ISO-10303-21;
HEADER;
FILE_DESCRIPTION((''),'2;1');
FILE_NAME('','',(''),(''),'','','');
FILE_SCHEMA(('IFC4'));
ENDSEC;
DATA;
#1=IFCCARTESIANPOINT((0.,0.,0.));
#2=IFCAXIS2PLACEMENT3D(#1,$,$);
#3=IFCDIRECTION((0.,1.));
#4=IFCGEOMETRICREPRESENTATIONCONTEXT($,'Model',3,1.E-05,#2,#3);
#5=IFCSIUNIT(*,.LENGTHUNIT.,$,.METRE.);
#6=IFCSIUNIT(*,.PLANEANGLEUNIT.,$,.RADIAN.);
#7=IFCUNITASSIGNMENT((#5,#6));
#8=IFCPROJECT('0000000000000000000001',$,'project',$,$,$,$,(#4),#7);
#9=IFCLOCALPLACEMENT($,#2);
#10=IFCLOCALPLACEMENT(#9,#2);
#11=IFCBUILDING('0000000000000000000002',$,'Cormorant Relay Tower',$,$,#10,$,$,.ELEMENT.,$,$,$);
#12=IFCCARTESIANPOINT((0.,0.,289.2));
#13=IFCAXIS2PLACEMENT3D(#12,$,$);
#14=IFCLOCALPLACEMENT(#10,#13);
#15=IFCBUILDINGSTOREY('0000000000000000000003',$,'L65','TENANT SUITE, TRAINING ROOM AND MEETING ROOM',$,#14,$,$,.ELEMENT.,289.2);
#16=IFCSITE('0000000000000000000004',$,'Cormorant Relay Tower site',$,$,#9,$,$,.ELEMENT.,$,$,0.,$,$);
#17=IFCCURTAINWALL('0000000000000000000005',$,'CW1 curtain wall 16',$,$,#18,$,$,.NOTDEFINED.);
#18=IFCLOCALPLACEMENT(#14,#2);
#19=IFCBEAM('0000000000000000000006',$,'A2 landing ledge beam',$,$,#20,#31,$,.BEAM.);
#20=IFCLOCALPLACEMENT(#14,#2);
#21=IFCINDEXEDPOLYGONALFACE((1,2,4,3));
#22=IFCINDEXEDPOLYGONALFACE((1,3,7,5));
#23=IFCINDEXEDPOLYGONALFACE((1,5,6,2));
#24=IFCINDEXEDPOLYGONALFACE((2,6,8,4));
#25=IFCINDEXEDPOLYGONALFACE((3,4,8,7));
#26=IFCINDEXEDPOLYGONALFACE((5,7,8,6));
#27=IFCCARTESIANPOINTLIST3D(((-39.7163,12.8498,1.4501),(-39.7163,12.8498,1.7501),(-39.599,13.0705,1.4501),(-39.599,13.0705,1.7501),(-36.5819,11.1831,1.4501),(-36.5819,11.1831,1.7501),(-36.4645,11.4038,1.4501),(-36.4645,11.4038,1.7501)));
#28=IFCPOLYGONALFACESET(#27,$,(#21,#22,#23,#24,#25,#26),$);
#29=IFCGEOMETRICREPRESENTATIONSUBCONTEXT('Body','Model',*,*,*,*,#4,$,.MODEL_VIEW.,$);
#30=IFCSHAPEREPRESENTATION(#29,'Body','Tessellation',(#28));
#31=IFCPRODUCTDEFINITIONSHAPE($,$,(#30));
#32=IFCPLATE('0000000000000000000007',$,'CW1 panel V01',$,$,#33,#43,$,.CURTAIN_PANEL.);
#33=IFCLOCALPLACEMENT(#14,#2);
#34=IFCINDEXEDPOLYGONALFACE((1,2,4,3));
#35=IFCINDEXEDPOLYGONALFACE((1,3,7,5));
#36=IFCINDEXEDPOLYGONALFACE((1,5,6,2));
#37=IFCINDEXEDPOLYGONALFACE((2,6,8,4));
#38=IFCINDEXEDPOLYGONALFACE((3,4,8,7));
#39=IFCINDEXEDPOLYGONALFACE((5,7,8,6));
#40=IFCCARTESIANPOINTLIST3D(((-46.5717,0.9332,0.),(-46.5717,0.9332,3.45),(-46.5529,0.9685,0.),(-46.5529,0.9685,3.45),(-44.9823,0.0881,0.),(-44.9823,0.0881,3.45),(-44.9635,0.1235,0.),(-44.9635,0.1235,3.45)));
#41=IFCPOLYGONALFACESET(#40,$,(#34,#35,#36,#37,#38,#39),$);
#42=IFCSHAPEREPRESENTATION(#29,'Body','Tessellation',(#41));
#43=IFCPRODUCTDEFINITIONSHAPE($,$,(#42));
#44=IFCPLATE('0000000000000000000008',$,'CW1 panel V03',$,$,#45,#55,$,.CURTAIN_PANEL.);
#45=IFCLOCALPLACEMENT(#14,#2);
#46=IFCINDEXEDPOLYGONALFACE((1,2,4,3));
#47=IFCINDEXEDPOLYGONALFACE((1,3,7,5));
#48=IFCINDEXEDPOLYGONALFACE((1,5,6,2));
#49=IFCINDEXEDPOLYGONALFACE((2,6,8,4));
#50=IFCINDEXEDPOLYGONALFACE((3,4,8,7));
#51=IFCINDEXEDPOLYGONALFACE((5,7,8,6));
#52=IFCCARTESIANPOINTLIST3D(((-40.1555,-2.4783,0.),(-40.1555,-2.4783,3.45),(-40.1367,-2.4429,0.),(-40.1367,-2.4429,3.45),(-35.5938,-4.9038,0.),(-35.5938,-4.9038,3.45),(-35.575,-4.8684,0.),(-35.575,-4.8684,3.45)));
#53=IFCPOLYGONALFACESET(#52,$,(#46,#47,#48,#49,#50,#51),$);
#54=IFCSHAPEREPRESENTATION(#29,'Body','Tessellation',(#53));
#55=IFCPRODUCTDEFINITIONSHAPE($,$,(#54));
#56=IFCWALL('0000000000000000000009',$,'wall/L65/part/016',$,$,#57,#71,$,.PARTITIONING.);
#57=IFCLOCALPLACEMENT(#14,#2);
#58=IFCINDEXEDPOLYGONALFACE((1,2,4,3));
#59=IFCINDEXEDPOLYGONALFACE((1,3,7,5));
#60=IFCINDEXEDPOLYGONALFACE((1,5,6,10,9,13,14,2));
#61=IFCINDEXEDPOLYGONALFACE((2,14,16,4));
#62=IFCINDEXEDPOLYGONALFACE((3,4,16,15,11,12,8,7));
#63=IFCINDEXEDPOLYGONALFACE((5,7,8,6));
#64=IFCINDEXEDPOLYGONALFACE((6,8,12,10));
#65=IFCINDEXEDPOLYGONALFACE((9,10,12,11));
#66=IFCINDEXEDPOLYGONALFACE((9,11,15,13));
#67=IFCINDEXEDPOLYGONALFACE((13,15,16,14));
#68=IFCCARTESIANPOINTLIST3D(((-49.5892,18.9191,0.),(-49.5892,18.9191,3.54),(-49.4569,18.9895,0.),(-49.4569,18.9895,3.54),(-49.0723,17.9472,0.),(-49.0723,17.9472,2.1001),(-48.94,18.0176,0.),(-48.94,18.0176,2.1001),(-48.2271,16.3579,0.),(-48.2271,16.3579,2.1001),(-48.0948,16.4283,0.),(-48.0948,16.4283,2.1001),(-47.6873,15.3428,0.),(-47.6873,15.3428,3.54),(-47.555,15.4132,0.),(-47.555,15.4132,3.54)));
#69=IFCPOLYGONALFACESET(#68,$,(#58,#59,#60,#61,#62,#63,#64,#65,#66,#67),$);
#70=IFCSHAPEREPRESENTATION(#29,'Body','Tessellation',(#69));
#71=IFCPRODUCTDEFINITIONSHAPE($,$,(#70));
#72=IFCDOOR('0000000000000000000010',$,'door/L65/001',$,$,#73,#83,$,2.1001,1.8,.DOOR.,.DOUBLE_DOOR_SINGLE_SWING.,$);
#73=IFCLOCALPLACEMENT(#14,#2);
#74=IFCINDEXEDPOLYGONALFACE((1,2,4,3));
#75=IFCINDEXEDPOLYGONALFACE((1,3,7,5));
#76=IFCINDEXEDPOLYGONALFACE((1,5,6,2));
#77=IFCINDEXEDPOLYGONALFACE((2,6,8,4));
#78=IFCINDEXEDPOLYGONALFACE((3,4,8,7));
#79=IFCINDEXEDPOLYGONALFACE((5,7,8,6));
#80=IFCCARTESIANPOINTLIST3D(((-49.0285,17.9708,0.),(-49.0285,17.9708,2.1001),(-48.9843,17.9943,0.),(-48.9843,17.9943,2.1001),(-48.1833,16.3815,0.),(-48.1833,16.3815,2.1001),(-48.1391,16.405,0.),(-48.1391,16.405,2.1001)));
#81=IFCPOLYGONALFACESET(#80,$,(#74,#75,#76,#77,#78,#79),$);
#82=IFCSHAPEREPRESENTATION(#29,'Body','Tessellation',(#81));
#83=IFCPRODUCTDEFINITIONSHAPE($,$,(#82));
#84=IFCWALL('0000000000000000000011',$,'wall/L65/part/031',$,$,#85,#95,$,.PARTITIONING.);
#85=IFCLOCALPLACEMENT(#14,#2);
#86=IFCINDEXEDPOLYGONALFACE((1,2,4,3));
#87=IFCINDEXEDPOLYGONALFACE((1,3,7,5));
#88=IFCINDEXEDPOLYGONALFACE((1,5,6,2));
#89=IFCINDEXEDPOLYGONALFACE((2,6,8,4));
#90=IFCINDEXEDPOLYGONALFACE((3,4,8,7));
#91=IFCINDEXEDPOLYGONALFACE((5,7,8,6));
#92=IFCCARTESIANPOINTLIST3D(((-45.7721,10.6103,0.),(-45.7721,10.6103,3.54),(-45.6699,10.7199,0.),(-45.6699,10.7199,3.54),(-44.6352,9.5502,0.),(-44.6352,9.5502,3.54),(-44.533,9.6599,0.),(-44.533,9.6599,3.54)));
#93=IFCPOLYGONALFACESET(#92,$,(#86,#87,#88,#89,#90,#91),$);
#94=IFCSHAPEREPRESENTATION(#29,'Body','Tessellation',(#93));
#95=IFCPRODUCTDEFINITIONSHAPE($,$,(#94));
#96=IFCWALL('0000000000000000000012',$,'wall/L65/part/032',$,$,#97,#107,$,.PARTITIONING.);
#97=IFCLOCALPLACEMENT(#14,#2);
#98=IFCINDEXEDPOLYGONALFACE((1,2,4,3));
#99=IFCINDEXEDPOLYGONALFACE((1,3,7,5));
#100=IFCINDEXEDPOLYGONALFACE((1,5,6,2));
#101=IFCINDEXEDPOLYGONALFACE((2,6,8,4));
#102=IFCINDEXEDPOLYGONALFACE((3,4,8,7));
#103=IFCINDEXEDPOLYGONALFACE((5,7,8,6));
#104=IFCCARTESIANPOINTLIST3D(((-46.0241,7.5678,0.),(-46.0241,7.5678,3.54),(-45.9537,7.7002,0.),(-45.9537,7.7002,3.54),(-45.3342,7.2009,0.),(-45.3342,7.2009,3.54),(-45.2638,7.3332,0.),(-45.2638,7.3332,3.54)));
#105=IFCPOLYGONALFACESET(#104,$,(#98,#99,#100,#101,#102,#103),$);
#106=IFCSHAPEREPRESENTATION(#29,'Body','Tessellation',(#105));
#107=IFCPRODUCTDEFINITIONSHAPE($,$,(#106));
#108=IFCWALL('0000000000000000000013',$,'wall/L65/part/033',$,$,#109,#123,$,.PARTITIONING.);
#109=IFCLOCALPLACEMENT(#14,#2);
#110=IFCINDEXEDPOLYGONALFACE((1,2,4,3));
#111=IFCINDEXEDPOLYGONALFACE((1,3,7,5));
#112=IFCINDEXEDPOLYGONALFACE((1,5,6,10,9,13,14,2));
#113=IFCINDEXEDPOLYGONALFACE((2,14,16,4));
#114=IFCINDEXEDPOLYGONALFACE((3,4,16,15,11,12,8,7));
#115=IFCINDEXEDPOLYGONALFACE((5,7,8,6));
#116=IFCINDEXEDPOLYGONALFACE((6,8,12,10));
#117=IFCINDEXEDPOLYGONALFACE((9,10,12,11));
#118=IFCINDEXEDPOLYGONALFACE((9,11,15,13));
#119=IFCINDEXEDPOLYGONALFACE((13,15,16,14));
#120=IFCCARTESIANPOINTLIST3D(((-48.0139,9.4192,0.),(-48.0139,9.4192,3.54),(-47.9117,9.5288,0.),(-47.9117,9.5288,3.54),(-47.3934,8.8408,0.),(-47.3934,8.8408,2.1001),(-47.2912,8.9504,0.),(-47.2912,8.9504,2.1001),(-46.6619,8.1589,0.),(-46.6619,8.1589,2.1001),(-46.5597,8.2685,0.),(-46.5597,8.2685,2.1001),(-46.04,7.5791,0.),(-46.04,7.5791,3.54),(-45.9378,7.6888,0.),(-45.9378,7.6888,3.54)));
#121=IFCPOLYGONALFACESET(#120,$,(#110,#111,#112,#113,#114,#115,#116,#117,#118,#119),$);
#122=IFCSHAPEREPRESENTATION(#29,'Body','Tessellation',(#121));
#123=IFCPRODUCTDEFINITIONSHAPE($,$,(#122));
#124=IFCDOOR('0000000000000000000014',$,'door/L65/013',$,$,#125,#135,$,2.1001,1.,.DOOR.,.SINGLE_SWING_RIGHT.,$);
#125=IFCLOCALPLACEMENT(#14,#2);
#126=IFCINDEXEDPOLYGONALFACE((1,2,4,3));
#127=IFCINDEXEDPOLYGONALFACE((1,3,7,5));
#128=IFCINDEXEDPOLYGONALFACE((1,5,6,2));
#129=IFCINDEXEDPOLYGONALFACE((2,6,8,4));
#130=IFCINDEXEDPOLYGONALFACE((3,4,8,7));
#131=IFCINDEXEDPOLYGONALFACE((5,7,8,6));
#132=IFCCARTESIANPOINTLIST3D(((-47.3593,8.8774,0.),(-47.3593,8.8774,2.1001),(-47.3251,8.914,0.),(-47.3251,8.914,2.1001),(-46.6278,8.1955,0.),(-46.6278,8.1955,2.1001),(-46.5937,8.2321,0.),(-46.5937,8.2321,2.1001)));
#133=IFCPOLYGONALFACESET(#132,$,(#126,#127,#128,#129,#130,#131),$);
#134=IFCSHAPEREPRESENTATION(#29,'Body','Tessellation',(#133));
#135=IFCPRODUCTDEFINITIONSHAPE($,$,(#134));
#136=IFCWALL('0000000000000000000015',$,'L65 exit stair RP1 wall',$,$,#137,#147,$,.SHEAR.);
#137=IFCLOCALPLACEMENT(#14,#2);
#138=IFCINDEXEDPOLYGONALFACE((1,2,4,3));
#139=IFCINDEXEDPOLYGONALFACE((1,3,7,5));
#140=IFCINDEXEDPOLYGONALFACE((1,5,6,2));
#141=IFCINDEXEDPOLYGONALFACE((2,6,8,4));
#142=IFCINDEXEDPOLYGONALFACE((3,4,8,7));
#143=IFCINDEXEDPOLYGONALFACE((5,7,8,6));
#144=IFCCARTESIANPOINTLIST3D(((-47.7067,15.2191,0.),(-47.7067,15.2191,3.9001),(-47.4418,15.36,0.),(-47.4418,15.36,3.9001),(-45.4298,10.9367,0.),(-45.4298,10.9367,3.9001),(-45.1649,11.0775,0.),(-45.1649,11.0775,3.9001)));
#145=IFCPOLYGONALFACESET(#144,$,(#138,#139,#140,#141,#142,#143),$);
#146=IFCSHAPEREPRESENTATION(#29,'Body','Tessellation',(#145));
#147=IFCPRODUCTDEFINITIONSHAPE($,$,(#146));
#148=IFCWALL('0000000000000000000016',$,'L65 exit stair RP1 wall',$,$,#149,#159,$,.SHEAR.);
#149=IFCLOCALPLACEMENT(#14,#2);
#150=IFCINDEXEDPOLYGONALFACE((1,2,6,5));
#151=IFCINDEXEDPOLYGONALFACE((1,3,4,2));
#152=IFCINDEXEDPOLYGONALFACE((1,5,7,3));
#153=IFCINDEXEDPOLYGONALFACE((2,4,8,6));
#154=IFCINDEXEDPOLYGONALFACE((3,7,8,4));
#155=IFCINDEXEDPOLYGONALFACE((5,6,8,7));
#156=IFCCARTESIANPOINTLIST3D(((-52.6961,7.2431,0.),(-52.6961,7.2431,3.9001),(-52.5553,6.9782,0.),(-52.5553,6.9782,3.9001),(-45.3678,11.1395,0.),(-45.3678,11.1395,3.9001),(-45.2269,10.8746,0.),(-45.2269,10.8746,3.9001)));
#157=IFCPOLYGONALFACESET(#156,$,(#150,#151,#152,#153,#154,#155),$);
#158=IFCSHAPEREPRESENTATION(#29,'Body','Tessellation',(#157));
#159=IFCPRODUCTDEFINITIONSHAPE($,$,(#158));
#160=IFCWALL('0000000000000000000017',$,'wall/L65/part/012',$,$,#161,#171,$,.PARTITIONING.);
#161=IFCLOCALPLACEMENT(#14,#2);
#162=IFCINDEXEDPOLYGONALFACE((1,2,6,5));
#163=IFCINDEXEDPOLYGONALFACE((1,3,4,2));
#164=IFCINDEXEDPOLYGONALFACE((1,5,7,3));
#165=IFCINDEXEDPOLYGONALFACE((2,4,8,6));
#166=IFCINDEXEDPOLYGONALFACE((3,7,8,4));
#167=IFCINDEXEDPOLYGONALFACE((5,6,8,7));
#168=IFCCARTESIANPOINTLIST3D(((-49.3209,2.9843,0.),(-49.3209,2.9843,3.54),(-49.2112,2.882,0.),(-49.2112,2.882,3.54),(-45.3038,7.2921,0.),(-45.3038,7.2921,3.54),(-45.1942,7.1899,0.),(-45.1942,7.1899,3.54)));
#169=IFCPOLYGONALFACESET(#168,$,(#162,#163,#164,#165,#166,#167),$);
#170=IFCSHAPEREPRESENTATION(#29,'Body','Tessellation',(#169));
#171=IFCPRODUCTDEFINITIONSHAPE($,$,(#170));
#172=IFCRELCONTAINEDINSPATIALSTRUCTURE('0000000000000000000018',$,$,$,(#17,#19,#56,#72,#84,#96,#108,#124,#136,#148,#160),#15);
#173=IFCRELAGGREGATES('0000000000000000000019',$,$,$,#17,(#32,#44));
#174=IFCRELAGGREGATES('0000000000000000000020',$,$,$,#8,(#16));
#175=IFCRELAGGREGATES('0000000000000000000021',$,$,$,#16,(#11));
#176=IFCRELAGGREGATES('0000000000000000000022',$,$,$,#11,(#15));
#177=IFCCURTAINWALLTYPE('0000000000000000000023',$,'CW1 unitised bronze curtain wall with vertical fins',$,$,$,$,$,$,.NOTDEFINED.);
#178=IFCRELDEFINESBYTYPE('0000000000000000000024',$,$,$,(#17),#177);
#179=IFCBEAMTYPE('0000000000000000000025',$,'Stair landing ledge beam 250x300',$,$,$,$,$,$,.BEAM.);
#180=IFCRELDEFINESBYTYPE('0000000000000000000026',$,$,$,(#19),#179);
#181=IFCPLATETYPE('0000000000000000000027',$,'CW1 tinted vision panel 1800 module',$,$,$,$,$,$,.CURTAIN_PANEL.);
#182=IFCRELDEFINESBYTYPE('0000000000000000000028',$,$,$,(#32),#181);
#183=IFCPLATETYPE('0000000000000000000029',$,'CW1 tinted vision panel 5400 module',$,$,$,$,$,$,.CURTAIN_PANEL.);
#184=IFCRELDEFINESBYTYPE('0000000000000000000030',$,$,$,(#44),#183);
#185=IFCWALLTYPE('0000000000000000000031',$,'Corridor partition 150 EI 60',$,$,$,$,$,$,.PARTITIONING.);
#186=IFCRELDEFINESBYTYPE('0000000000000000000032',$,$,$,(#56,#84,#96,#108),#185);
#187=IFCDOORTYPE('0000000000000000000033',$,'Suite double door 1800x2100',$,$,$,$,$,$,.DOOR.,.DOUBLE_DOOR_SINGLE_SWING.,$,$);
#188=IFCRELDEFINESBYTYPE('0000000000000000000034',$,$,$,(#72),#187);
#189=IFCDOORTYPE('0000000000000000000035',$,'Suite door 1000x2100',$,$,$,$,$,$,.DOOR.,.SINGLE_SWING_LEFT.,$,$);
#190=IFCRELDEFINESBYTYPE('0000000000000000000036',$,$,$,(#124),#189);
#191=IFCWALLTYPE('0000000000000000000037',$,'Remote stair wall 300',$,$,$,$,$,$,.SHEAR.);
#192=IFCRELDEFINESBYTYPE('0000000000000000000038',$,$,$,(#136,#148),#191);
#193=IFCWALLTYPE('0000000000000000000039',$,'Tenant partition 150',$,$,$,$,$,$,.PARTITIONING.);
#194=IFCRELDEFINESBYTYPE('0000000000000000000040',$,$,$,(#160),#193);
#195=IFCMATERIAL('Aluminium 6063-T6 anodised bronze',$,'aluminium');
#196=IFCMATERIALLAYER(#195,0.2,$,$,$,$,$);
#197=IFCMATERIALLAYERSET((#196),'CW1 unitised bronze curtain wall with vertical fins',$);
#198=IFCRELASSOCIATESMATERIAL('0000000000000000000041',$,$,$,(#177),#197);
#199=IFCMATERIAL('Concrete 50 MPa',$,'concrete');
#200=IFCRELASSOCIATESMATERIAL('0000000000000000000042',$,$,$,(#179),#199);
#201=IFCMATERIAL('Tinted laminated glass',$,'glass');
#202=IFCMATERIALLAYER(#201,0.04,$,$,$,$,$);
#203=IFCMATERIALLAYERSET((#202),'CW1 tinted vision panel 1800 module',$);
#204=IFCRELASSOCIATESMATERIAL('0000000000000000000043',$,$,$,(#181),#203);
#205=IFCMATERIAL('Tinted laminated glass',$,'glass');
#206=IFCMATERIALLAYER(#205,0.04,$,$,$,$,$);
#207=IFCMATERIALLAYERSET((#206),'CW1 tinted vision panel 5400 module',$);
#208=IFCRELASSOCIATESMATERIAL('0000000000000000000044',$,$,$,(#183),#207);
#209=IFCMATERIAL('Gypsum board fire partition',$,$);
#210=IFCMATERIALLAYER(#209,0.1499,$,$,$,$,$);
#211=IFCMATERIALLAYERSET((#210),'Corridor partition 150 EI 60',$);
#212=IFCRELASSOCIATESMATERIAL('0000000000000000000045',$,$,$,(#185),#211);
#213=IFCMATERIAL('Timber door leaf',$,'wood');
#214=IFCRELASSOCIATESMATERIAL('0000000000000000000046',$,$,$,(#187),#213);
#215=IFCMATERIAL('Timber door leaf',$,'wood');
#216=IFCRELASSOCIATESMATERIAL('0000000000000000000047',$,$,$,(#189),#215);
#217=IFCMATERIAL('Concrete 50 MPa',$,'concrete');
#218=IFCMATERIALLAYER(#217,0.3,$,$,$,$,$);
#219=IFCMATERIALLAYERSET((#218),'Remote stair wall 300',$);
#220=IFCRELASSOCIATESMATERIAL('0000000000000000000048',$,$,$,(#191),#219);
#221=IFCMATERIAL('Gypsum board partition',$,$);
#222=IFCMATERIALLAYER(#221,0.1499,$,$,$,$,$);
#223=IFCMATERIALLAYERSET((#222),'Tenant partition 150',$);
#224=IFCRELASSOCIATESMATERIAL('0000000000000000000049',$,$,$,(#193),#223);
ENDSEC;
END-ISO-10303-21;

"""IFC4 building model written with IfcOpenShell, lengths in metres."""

from ifc_helpers import new_model, si_unit, direction, frame, frame_2d, origin, origin_2d, place, context, subcontext, project, spatial, rectangle, extrude, material, layer, layer_set, material_profile, profile_set, type_object, element, fill, aggregate, save


model = new_model("IFC4")

# Units and contexts
model_context = context("Model", 3, precision=1e-05, world=origin(), true_north=direction((0.0, 1.0)))
body_context = subcontext(model_context, "Body", "Model", "MODEL_VIEW")
ifc_project = project(units=[si_unit("LENGTHUNIT", "METRE"), si_unit("PLANEANGLEUNIT", "RADIAN")], contexts=[model_context])

# Site, building, storey
site_placement = place(None, origin())
site = spatial("IfcSite", under=ifc_project, at=site_placement, Name="Cormorant Relay Tower site", CompositionType="ELEMENT", RefElevation=0.0)
building_placement = place(site_placement, origin())
building = spatial("IfcBuilding", under=site, at=building_placement, Name="Cormorant Relay Tower", CompositionType="ELEMENT")
storey_placement = place(building_placement, frame((0.0, 0.0, 289.2)))
storey = spatial("IfcBuildingStorey", under=building, at=storey_placement, Name="L65", Description="TENANT SUITE, TRAINING ROOM AND MEETING ROOM", CompositionType="ELEMENT", Elevation=289.2)

# Curtain wall
ifc_material_1 = material(Name="Aluminium 6063-T6 anodised bronze", Category="aluminium")
ifc_layer_1 = layer(ifc_material_1, 0.2)
ifc_layer_set_1 = layer_set([ifc_layer_1], Name="CW1 unitised bronze curtain wall with vertical fins")
curtain_wall_type = type_object("IfcCurtainWallType", Name="CW1 unitised bronze curtain wall with vertical fins", PredefinedType="NOTDEFINED", material=ifc_layer_set_1)
curtain_wall_placement = place(storey_placement, origin())
curtain_wall = element("IfcCurtainWall", 1, at=curtain_wall_placement, inside=storey, type_object=curtain_wall_type, Name="CW1 curtain wall 16", PredefinedType="NOTDEFINED")

# Beam
ifc_material_2 = material(Name="Concrete 50 MPa", Category="concrete")
ifc_material_profile_1 = material_profile(ifc_material_2, rectangle(XDim=0.25, YDim=0.3, at=origin_2d()), Name="RC 250x300")
ifc_profile_set_1 = profile_set([ifc_material_profile_1], Name="Concrete 50 MPa")
beam_type = type_object("IfcBeamType", Name="Stair landing ledge beam 250x300", PredefinedType="BEAM", material=ifc_profile_set_1)
beam_placement = place(storey_placement, frame((-36.5232, 11.2935, 1.6001), z_axis=(-0.882937, 0.469492, 0.0), x_axis=(-0.469492, -0.882937, 0.0)))
element("IfcBeam", 2, at=beam_placement, inside=storey, type_object=beam_type, Name="A2 landing ledge beam", PredefinedType="BEAM", context=body_context, shape_type="SweptSolid", body=[
    extrude(rectangle(XDim=0.25, YDim=0.3, at=origin_2d()), origin(), (0.0, 0.0, 1.0), 3.55),
])

# Plates
ifc_material_3 = material(Name="Tinted laminated glass", Category="glass")
ifc_layer_2 = layer(ifc_material_3, 0.04)
ifc_layer_set_2 = layer_set([ifc_layer_2], Name="CW1 tinted vision panel 1800 module")
plate_type_1 = type_object("IfcPlateType", Name="CW1 tinted vision panel 1800 module", PredefinedType="CURTAIN_PANEL", material=ifc_layer_set_2)
plate_1_placement = place(storey_placement, frame((-45.7676, 0.5283, 0.0), z_axis=(0.0, 0.0, 1.0), x_axis=(0.882948, -0.469472, 0.0)))
plate_1 = element("IfcPlate", 3, at=plate_1_placement, type_object=plate_type_1, Name="CW1 panel V01", PredefinedType="CURTAIN_PANEL", context=body_context, shape_type="SweptSolid", body=[
    extrude(rectangle(XDim=1.8, YDim=0.04, at=origin_2d()), origin(), (0.0, 0.0, 1.0), 3.45),
])
ifc_material_4 = material(Name="Tinted laminated glass", Category="glass")
ifc_layer_3 = layer(ifc_material_4, 0.04)
ifc_layer_set_3 = layer_set([ifc_layer_3], Name="CW1 tinted vision panel 5400 module")
plate_type_2 = type_object("IfcPlateType", Name="CW1 tinted vision panel 5400 module", PredefinedType="CURTAIN_PANEL", material=ifc_layer_set_3)
plate_2_placement = place(storey_placement, frame((-37.8652, -3.6733, 0.0), z_axis=(0.0, 0.0, 1.0), x_axis=(0.882948, -0.469472, 0.0)))
plate_2 = element("IfcPlate", 4, at=plate_2_placement, type_object=plate_type_2, Name="CW1 panel V03", PredefinedType="CURTAIN_PANEL", context=body_context, shape_type="SweptSolid", body=[
    extrude(rectangle(XDim=5.1665, YDim=0.04, at=origin_2d()), origin(), (0.0, 0.0, 1.0), 3.45),
])

# Wall, opening, door
ifc_material_5 = material(Name="Gypsum board fire partition")
ifc_layer_4 = layer(ifc_material_5, 0.1499)
ifc_layer_set_4 = layer_set([ifc_layer_4], Name="Corridor partition 150 EI 60")
wall_type_1 = type_object("IfcWallType", Name="Corridor partition 150 EI 60", PredefinedType="PARTITIONING", material=ifc_layer_set_4)
wall_1_placement = place(storey_placement, frame((-47.6211, 15.3779, 0.0), z_axis=(0.0, 0.0, 1.0), x_axis=(-0.469543, 0.88291, 0.0)))
wall_1 = element("IfcWall", 5, at=wall_1_placement, inside=storey, type_object=wall_type_1, Name="wall/L65/part/016", PredefinedType="PARTITIONING", context=body_context, shape_type="SweptSolid", body=[
    extrude(rectangle(XDim=4.0505, YDim=0.1499, at=frame_2d((2.0254, 0.0))), origin(), (0.0, 0.0, 1.0), 3.54),
])
opening_1_placement = place(wall_1_placement, frame((1.1499, 0.0, 0.0)))
opening_1 = element("IfcOpeningElement", 6, at=opening_1_placement, cuts=wall_1, PredefinedType="OPENING", context=body_context, shape_type="SweptSolid", body=[
    extrude(rectangle(XDim=1.8, YDim=2.1001, at=frame_2d((0.8999, 1.05))), frame((0.0, 0.085, 0.0), z_axis=(0.0, -1.0, 0.0), x_axis=(1.0, 0.0, 0.0)), (0.0, 0.0, 1.0), 0.1699),
])
ifc_material_6 = material(Name="Timber door leaf", Category="wood")
door_type_1 = type_object("IfcDoorType", Name="Suite double door 1800x2100", OperationType="DOUBLE_DOOR_SINGLE_SWING", PredefinedType="DOOR", material=ifc_material_6)
door_1_placement = place(opening_1_placement, frame((1.8, 0.0, 0.0), z_axis=(0.0, 0.0, 1.0), x_axis=(-1.0, 0.0, 0.0)))
door_1 = element("IfcDoor", 7, at=door_1_placement, inside=storey, type_object=door_type_1, Name="door/L65/001", OperationType="DOUBLE_DOOR_SINGLE_SWING", OverallHeight=2.1001, OverallWidth=1.8, PredefinedType="DOOR", context=body_context, shape_type="SweptSolid", body=[
    extrude(rectangle(XDim=1.8, YDim=2.1001, at=frame_2d((0.8999, 1.05))), frame((0.0, 0.0249, 0.0), z_axis=(0.0, -1.0, 0.0), x_axis=(1.0, 0.0, 0.0)), (0.0, 0.0, 1.0), 0.05),
])
fill(opening_1, door_1)

# Walls
wall_2_placement = place(storey_placement, frame((-44.584, 9.605, 0.0), z_axis=(0.0, 0.0, 1.0), x_axis=(-0.73141, 0.681938, 0.0)))
element("IfcWall", 8, at=wall_2_placement, inside=storey, type_object=wall_type_1, Name="wall/L65/part/031", PredefinedType="PARTITIONING", context=body_context, shape_type="SweptSolid", body=[
    extrude(rectangle(XDim=1.5544, YDim=0.1499, at=frame_2d((0.7773, 0.0))), origin(), (0.0, 0.0, 1.0), 3.54),
])
wall_3_placement = place(storey_placement, frame((-45.2991, 7.2671, 0.0), z_axis=(0.0, 0.0, 1.0), x_axis=(-0.882897, 0.469566, 0.0)))
element("IfcWall", 9, at=wall_3_placement, inside=storey, type_object=wall_type_1, Name="wall/L65/part/032", PredefinedType="PARTITIONING", context=body_context, shape_type="SweptSolid", body=[
    extrude(rectangle(XDim=0.7815, YDim=0.1499, at=frame_2d((0.3906, 0.0))), origin(), (0.0, 0.0, 1.0), 3.54),
])

# Wall, opening, door
wall_4_placement = place(storey_placement, frame((-45.989, 7.634, 0.0), z_axis=(0.0, 0.0, 1.0), x_axis=(-0.731461, 0.681883, 0.0)))
wall_4 = element("IfcWall", 10, at=wall_4_placement, inside=storey, type_object=wall_type_1, Name="wall/L65/part/033", PredefinedType="PARTITIONING", context=body_context, shape_type="SweptSolid", body=[
    extrude(rectangle(XDim=2.6985, YDim=0.1499, at=frame_2d((1.3491, 0.0))), origin(), (0.0, 0.0, 1.0), 3.54),
])
opening_2_placement = place(wall_4_placement, frame((0.8501, 0.0, 0.0)))
opening_2 = element("IfcOpeningElement", 11, at=opening_2_placement, cuts=wall_4, PredefinedType="OPENING", context=body_context, shape_type="SweptSolid", body=[
    extrude(rectangle(XDim=1.0, YDim=2.1001, at=frame_2d((0.5, 1.05))), frame((0.0, 0.085, 0.0), z_axis=(0.0, -1.0, 0.0), x_axis=(1.0, 0.0, 0.0)), (0.0, 0.0, 1.0), 0.1699),
])
ifc_material_7 = material(Name="Timber door leaf", Category="wood")
door_type_2 = type_object("IfcDoorType", Name="Suite door 1000x2100", OperationType="SINGLE_SWING_LEFT", PredefinedType="DOOR", material=ifc_material_7)
door_2_placement = place(opening_2_placement, origin())
door_2 = element("IfcDoor", 12, at=door_2_placement, inside=storey, type_object=door_type_2, Name="door/L65/013", OperationType="SINGLE_SWING_RIGHT", OverallHeight=2.1001, OverallWidth=1.0, PredefinedType="DOOR", context=body_context, shape_type="SweptSolid", body=[
    extrude(rectangle(XDim=1.0, YDim=2.1001, at=frame_2d((0.5, 1.05))), frame((0.0, 0.0249, 0.0), z_axis=(0.0, -1.0, 0.0), x_axis=(1.0, 0.0, 0.0)), (0.0, 0.0, 1.0), 0.05),
])
fill(opening_2, door_2)

# Walls
ifc_material_8 = material(Name="Concrete 50 MPa", Category="concrete")
ifc_layer_5 = layer(ifc_material_8, 0.3)
ifc_layer_set_5 = layer_set([ifc_layer_5], Name="Remote stair wall 300")
wall_type_2 = type_object("IfcWallType", Name="Remote stair wall 300", PredefinedType="SHEAR", material=ifc_layer_set_5)
wall_5_placement = place(storey_placement, frame((-47.5742, 15.2896, 0.0), z_axis=(0.0, 0.0, 1.0), x_axis=(0.469443, -0.882963, 0.0)))
element("IfcWall", 13, at=wall_5_placement, inside=storey, type_object=wall_type_2, Name="L65 exit stair RP1 wall", PredefinedType="SHEAR", context=body_context, shape_type="SweptSolid", body=[
    extrude(rectangle(XDim=4.8501, YDim=0.3, at=frame_2d((2.425, 0.0))), origin(), (0.0, 0.0, 1.0), 3.9001),
])
wall_6_placement = place(storey_placement, frame((-45.2974, 11.0071, 0.0), z_axis=(0.0, 0.0, 1.0), x_axis=(-0.882952, -0.469464, 0.0)))
element("IfcWall", 14, at=wall_6_placement, inside=storey, type_object=wall_type_2, Name="L65 exit stair RP1 wall", PredefinedType="SHEAR", context=body_context, shape_type="SweptSolid", body=[
    extrude(rectangle(XDim=8.2998, YDim=0.3, at=frame_2d((4.1499, 0.0))), origin(), (0.0, 0.0, 1.0), 3.9001),
])
ifc_material_9 = material(Name="Gypsum board partition")
ifc_layer_6 = layer(ifc_material_9, 0.1499)
ifc_layer_set_6 = layer_set([ifc_layer_6], Name="Tenant partition 150")
wall_type_3 = type_object("IfcWallType", Name="Tenant partition 150", PredefinedType="PARTITIONING", material=ifc_layer_set_6)
wall_7_placement = place(storey_placement, frame((-45.249, 7.241, 0.0), z_axis=(0.0, 0.0, 1.0), x_axis=(-0.681993, -0.731358, 0.0)))
element("IfcWall", 15, at=wall_7_placement, inside=storey, type_object=wall_type_3, Name="wall/L65/part/012", PredefinedType="PARTITIONING", context=body_context, shape_type="SweptSolid", body=[
    extrude(rectangle(XDim=5.8901, YDim=0.1499, at=frame_2d((2.9451, 0.0))), origin(), (0.0, 0.0, 1.0), 3.54),
])

aggregate(curtain_wall, [plate_1, plate_2])

save(model, "model.ifc")
